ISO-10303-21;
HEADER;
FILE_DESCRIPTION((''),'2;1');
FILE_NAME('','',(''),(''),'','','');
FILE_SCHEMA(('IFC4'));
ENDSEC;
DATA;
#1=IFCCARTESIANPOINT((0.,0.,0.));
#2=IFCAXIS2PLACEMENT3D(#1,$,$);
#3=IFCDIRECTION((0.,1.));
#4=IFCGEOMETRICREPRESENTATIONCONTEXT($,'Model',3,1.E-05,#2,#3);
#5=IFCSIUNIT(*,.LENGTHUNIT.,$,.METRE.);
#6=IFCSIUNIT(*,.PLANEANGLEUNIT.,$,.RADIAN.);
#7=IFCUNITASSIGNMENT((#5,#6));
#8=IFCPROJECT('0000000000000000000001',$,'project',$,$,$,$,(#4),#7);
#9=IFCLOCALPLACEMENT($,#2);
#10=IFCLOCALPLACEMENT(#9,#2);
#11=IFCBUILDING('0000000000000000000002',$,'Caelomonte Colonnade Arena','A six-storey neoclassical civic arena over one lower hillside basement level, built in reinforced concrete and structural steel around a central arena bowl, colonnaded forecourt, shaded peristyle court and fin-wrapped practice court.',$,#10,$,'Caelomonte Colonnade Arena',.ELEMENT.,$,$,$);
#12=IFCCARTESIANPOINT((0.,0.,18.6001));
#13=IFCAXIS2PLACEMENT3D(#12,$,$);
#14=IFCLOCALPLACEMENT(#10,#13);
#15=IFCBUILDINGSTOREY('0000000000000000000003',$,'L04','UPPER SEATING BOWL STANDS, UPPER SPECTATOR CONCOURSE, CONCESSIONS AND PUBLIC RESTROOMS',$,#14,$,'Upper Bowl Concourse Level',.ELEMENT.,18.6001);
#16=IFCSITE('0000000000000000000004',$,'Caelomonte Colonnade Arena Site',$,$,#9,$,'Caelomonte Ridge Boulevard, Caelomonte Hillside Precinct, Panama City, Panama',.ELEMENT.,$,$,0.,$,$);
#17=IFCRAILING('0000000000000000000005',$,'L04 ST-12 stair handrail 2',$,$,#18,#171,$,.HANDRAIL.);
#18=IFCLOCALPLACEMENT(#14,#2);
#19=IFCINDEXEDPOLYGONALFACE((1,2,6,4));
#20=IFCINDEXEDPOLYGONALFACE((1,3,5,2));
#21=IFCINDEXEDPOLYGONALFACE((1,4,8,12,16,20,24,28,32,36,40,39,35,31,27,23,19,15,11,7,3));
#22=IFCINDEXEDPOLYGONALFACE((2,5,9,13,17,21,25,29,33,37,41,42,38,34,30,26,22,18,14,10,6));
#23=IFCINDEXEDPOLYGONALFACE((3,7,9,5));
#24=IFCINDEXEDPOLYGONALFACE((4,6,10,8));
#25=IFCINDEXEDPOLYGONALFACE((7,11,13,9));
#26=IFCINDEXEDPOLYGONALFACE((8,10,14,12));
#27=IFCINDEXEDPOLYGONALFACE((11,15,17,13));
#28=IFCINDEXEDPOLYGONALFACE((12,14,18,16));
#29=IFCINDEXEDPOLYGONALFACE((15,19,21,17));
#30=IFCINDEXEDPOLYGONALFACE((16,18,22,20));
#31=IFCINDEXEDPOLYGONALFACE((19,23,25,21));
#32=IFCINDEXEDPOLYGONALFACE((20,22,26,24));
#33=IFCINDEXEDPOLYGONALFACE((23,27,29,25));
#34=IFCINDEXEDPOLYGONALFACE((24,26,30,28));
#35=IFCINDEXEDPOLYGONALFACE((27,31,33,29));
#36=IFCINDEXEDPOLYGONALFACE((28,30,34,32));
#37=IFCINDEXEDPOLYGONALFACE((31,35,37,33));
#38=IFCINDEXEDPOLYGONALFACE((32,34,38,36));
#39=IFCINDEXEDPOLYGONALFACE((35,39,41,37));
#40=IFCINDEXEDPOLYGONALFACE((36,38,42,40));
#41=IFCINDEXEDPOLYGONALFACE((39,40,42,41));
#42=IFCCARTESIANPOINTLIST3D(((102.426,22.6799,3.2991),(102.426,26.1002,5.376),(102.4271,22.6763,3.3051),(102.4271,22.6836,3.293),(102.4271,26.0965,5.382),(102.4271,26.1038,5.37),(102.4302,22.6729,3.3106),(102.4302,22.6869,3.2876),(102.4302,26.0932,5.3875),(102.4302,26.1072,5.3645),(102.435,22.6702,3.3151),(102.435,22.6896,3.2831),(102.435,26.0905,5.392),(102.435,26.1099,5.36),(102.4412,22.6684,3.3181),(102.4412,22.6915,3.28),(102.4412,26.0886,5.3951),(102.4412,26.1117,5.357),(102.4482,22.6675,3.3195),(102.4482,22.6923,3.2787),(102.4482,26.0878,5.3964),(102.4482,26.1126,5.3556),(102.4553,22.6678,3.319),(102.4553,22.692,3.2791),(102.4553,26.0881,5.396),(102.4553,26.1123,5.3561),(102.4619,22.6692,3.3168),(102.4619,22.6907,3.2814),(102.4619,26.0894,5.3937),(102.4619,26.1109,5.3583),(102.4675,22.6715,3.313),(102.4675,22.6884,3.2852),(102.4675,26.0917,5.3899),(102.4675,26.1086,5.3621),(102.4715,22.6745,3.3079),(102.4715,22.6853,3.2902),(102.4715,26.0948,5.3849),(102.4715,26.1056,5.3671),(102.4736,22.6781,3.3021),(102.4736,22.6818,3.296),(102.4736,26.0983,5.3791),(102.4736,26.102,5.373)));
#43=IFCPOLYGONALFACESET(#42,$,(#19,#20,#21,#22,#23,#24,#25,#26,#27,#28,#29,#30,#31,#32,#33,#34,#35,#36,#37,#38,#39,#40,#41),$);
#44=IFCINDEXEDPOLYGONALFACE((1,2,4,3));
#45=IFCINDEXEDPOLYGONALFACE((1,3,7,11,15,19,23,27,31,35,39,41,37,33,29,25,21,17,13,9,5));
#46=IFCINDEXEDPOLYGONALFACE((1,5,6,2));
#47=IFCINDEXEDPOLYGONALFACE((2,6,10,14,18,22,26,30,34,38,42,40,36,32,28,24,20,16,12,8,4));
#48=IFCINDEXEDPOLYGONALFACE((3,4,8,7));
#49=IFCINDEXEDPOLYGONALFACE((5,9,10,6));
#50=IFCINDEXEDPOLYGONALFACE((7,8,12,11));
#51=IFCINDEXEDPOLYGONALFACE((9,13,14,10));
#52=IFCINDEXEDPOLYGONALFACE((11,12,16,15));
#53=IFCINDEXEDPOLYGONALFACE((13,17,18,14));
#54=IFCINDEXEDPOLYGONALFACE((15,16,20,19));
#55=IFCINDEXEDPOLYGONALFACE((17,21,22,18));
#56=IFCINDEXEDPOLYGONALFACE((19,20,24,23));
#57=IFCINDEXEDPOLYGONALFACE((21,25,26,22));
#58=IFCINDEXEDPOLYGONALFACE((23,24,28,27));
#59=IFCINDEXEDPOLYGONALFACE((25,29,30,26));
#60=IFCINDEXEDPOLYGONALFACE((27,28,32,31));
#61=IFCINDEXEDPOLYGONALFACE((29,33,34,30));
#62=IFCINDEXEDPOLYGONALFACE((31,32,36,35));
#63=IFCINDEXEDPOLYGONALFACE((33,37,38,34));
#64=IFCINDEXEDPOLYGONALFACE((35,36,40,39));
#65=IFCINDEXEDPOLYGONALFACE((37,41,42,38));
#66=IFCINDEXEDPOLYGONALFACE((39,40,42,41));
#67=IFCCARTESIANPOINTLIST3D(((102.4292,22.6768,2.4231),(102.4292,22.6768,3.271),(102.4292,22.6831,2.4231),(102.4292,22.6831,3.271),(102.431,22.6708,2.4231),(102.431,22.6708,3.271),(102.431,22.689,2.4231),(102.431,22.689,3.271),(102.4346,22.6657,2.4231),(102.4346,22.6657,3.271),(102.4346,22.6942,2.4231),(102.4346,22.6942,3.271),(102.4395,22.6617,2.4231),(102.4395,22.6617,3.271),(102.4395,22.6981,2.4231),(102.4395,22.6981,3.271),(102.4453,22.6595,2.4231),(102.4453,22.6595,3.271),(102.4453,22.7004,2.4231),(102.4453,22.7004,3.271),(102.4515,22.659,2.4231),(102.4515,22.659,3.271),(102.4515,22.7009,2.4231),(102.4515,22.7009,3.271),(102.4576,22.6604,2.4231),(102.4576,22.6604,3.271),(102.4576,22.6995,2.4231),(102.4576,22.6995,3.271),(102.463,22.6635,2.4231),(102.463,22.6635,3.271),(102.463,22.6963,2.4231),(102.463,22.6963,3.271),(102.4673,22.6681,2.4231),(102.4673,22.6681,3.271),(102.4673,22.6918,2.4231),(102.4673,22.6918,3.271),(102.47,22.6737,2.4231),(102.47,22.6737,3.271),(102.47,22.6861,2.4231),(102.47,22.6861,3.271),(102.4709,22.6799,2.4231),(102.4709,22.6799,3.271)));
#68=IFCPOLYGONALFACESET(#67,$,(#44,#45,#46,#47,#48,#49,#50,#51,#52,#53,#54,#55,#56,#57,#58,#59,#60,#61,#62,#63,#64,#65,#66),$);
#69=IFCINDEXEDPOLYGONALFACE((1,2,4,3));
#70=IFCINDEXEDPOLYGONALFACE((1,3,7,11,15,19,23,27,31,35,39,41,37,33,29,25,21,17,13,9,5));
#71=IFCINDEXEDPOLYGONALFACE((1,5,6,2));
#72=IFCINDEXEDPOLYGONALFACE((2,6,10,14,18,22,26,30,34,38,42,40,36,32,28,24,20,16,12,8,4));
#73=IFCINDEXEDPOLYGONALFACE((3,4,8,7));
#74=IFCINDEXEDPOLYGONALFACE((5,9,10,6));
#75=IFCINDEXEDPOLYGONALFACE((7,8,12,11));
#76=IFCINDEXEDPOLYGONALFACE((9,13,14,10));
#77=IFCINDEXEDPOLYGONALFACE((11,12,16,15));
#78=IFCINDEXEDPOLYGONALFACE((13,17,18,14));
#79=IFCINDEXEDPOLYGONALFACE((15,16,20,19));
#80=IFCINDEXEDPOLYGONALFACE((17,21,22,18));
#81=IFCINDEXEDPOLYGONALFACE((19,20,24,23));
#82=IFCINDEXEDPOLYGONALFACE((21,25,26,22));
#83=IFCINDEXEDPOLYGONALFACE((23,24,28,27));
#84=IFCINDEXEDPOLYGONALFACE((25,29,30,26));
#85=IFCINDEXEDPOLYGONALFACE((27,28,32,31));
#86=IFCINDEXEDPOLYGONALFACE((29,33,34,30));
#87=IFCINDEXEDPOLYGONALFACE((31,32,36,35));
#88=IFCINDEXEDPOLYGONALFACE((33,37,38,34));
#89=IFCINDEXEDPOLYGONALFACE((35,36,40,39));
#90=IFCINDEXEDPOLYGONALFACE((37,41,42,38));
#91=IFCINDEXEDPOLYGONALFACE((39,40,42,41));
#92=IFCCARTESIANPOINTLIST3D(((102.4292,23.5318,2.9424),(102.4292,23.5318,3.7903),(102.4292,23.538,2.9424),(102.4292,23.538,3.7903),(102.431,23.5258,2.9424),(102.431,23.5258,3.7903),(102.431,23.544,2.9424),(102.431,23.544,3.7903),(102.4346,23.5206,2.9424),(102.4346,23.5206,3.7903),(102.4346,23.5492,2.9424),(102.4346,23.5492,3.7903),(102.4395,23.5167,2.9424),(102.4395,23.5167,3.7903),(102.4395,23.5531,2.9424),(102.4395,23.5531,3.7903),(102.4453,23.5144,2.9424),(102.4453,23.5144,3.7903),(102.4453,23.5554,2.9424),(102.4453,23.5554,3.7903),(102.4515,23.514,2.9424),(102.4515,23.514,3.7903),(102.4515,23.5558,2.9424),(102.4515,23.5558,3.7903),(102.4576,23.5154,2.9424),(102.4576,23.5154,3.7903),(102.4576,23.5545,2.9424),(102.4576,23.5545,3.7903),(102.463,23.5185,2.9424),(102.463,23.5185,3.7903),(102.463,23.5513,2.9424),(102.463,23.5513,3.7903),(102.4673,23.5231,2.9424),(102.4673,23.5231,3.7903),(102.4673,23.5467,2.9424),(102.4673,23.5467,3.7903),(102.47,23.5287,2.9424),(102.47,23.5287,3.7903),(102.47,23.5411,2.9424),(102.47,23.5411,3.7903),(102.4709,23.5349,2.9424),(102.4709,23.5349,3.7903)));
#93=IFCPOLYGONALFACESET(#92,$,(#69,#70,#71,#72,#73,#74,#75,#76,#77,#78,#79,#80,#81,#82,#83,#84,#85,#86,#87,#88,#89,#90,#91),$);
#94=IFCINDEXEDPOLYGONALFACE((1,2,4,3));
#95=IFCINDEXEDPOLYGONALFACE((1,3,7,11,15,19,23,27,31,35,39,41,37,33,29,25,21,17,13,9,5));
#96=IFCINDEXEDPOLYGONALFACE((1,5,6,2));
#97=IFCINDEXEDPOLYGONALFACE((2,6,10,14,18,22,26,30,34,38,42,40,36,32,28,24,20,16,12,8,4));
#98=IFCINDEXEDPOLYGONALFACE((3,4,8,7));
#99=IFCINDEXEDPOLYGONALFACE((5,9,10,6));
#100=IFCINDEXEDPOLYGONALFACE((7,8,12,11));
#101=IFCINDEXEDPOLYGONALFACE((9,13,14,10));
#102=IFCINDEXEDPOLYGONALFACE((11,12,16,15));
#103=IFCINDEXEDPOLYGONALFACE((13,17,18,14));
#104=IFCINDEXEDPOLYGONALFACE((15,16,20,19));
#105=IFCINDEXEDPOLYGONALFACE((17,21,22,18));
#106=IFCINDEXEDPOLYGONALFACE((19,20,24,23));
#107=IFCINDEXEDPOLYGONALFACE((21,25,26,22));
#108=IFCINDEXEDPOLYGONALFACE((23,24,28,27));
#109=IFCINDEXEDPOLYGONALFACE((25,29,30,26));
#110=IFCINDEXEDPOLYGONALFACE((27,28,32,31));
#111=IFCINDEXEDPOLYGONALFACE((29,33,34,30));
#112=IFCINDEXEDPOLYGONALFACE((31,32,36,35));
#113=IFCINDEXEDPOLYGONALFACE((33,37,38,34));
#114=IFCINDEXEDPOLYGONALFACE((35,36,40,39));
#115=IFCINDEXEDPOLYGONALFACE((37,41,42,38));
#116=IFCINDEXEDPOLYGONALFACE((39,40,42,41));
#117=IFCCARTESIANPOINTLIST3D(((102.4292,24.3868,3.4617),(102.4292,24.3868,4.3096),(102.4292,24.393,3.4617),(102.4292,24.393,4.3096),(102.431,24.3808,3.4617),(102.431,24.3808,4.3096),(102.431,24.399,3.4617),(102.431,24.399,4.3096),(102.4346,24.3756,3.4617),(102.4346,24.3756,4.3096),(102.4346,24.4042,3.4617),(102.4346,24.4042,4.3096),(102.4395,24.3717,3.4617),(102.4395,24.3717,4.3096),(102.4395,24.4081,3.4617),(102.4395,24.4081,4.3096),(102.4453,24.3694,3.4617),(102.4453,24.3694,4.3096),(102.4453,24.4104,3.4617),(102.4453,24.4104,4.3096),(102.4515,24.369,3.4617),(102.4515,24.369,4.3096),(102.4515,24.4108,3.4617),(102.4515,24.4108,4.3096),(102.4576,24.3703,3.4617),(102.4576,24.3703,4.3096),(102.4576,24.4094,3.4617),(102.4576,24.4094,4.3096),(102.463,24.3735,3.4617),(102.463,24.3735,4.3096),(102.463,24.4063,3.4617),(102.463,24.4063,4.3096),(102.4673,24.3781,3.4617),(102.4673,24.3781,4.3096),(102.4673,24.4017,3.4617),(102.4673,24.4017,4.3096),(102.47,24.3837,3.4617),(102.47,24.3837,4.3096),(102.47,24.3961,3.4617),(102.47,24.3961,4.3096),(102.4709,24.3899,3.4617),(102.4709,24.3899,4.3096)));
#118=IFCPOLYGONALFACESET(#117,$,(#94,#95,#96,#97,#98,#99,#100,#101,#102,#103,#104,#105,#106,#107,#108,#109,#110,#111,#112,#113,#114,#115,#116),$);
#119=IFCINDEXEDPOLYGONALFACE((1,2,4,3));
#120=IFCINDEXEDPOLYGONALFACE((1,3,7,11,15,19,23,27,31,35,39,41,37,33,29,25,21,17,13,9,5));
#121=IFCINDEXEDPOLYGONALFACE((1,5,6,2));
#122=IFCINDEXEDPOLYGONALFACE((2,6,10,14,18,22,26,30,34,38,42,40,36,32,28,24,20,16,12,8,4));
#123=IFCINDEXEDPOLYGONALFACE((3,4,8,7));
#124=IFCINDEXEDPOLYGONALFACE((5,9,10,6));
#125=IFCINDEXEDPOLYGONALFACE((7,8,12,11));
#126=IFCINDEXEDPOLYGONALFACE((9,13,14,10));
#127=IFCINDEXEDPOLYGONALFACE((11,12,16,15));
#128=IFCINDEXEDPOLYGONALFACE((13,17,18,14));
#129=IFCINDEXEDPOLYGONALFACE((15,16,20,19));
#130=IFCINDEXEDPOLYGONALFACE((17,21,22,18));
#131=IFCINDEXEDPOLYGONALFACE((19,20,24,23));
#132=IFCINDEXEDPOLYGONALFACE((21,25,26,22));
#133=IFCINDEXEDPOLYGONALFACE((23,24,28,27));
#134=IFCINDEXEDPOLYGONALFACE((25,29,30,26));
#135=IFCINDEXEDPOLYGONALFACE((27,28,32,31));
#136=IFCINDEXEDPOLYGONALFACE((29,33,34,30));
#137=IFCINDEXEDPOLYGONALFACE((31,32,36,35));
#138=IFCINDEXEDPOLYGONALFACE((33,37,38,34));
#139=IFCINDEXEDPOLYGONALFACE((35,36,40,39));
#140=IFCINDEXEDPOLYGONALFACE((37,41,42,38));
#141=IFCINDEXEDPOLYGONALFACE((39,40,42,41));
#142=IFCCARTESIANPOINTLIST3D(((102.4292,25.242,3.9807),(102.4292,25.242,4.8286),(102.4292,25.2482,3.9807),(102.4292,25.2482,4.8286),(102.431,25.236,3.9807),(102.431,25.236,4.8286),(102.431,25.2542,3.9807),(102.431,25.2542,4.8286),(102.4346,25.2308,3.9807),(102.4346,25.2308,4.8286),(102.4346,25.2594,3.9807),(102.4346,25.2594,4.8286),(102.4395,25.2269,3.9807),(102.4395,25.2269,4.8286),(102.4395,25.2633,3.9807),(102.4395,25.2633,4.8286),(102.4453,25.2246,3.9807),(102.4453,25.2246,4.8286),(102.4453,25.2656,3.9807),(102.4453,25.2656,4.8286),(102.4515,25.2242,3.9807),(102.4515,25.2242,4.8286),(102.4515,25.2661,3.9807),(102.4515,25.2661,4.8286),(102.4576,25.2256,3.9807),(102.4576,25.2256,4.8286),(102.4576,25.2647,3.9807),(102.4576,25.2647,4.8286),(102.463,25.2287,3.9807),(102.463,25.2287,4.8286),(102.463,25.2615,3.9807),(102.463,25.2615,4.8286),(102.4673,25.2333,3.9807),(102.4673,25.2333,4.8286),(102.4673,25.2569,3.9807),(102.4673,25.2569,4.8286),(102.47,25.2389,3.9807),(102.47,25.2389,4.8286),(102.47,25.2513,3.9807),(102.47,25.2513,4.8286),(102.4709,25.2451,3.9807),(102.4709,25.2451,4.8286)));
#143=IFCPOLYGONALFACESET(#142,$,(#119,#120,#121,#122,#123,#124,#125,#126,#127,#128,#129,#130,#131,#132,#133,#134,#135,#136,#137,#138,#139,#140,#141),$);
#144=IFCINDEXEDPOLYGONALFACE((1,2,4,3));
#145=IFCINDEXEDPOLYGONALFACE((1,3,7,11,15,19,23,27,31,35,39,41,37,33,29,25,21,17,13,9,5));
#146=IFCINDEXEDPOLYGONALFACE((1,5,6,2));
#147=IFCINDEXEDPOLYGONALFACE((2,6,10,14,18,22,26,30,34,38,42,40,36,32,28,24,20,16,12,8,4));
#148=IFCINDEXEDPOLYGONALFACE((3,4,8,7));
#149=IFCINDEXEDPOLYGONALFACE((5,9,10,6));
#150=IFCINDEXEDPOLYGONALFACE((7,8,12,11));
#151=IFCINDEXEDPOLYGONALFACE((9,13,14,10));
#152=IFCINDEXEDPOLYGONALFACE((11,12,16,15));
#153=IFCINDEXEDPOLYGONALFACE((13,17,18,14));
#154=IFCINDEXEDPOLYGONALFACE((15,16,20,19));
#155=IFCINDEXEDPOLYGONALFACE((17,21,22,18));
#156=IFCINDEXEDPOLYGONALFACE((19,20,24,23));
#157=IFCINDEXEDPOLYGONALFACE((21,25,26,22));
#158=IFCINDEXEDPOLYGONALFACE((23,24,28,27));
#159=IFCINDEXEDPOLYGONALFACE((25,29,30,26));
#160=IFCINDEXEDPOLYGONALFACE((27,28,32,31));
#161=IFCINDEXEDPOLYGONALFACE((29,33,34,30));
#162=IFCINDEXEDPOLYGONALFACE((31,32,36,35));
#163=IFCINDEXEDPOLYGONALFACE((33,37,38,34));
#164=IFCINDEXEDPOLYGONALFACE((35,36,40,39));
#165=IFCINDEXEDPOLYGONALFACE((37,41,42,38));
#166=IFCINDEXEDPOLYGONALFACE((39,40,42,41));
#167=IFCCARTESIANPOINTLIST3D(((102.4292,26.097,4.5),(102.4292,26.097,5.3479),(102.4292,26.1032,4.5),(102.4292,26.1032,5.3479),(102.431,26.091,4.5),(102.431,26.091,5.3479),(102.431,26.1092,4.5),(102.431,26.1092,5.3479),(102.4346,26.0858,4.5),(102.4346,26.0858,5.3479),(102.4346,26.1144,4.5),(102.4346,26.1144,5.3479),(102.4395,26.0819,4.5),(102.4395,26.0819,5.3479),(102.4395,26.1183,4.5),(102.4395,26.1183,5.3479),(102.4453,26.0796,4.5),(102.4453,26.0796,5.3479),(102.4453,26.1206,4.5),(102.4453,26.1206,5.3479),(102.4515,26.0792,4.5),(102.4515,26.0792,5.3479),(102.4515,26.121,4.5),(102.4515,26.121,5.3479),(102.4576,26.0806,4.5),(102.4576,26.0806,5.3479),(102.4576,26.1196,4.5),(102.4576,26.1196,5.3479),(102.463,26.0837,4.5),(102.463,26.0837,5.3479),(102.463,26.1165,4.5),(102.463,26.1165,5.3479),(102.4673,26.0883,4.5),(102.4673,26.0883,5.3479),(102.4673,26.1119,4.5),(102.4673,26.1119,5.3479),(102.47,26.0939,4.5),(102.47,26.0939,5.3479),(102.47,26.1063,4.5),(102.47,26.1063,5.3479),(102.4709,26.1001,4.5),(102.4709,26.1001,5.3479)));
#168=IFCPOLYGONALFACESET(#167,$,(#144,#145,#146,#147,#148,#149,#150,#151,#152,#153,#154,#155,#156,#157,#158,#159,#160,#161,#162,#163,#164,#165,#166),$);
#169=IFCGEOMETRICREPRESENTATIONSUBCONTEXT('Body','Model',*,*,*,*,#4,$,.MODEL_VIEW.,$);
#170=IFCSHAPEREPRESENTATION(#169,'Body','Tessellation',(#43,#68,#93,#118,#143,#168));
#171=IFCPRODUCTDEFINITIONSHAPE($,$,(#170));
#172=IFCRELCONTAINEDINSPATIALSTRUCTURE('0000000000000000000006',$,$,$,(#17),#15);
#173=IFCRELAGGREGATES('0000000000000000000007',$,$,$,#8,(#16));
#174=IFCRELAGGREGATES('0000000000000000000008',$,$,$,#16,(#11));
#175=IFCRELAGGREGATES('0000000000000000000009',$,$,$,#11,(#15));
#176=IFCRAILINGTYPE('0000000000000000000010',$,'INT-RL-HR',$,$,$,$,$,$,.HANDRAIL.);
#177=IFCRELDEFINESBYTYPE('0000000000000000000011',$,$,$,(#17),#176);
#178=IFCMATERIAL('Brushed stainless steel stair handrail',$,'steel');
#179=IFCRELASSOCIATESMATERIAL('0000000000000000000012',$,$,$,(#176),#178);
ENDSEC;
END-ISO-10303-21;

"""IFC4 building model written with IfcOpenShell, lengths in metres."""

from ifc_helpers import new_model, si_unit, direction, frame, origin, origin_2d, place, context, subcontext, project, spatial, circle, extrude, material, type_object, element, save


model = new_model("IFC4")

# Units and contexts
model_context = context("Model", 3, precision=1e-05, world=origin(), true_north=direction((0.0, 1.0)))
body_context = subcontext(model_context, "Body", "Model", "MODEL_VIEW")
ifc_project = project(units=[si_unit("LENGTHUNIT", "METRE"), si_unit("PLANEANGLEUNIT", "RADIAN")], contexts=[model_context])

# Site, building, storey
site_placement = place(None, origin())
site = spatial("IfcSite", under=ifc_project, at=site_placement, Name="Caelomonte Colonnade Arena Site", LongName="Caelomonte Ridge Boulevard, Caelomonte Hillside Precinct, Panama City, Panama", CompositionType="ELEMENT", RefElevation=0.0)
building_placement = place(site_placement, origin())
building = spatial("IfcBuilding", under=site, at=building_placement, Name="Caelomonte Colonnade Arena", Description="A six-storey neoclassical civic arena over one lower hillside basement level, built in reinforced concrete and structural steel around a central arena bowl, colonnaded forecourt, shaded peristyle court and fin-wrapped practice court.", LongName="Caelomonte Colonnade Arena", CompositionType="ELEMENT")
storey_placement = place(building_placement, frame((0.0, 0.0, 18.6001)))
storey = spatial("IfcBuildingStorey", under=building, at=storey_placement, Name="L04", Description="UPPER SEATING BOWL STANDS, UPPER SPECTATOR CONCOURSE, CONCESSIONS AND PUBLIC RESTROOMS", LongName="Upper Bowl Concourse Level", CompositionType="ELEMENT", Elevation=18.6001)

# Railing
ifc_material_1 = material(Name="Brushed stainless steel stair handrail", Category="steel")
railing_type_1 = type_object("IfcRailingType", Name="INT-RL-HR", PredefinedType="HANDRAIL", material=ifc_material_1)
railing_1_placement = place(storey_placement, frame((102.45, 22.6799, 2.4231)))
element("IfcRailing", 1, at=railing_1_placement, inside=storey, type_object=railing_type_1, Name="L04 ST-12 stair handrail 2", PredefinedType="HANDRAIL", context=body_context, shape_type="SweptSolid", body=[
    extrude(circle(Radius=0.0239, at=origin_2d()), frame((0.0, 0.0, 0.876), z_axis=(0.0, 0.854746, 0.519047), x_axis=(-1.0, 0.0, 0.0)), (0.0, 0.0, 1.0), 4.0015),
    extrude(circle(Radius=0.021, at=origin_2d()), origin(), (0.0, 0.0, 1.0), 0.8479),
    extrude(circle(Radius=0.021, at=origin_2d()), frame((0.0, 0.855, 0.5193)), (0.0, 0.0, 1.0), 0.8479),
    extrude(circle(Radius=0.021, at=origin_2d()), frame((0.0, 1.71, 1.0386)), (0.0, 0.0, 1.0), 0.8479),
    extrude(circle(Radius=0.021, at=origin_2d()), frame((0.0, 2.5652, 1.5576)), (0.0, 0.0, 1.0), 0.8479),
    extrude(circle(Radius=0.021, at=origin_2d()), frame((0.0, 3.4202, 2.0769)), (0.0, 0.0, 1.0), 0.8479),
])

save(model, "model.ifc")
